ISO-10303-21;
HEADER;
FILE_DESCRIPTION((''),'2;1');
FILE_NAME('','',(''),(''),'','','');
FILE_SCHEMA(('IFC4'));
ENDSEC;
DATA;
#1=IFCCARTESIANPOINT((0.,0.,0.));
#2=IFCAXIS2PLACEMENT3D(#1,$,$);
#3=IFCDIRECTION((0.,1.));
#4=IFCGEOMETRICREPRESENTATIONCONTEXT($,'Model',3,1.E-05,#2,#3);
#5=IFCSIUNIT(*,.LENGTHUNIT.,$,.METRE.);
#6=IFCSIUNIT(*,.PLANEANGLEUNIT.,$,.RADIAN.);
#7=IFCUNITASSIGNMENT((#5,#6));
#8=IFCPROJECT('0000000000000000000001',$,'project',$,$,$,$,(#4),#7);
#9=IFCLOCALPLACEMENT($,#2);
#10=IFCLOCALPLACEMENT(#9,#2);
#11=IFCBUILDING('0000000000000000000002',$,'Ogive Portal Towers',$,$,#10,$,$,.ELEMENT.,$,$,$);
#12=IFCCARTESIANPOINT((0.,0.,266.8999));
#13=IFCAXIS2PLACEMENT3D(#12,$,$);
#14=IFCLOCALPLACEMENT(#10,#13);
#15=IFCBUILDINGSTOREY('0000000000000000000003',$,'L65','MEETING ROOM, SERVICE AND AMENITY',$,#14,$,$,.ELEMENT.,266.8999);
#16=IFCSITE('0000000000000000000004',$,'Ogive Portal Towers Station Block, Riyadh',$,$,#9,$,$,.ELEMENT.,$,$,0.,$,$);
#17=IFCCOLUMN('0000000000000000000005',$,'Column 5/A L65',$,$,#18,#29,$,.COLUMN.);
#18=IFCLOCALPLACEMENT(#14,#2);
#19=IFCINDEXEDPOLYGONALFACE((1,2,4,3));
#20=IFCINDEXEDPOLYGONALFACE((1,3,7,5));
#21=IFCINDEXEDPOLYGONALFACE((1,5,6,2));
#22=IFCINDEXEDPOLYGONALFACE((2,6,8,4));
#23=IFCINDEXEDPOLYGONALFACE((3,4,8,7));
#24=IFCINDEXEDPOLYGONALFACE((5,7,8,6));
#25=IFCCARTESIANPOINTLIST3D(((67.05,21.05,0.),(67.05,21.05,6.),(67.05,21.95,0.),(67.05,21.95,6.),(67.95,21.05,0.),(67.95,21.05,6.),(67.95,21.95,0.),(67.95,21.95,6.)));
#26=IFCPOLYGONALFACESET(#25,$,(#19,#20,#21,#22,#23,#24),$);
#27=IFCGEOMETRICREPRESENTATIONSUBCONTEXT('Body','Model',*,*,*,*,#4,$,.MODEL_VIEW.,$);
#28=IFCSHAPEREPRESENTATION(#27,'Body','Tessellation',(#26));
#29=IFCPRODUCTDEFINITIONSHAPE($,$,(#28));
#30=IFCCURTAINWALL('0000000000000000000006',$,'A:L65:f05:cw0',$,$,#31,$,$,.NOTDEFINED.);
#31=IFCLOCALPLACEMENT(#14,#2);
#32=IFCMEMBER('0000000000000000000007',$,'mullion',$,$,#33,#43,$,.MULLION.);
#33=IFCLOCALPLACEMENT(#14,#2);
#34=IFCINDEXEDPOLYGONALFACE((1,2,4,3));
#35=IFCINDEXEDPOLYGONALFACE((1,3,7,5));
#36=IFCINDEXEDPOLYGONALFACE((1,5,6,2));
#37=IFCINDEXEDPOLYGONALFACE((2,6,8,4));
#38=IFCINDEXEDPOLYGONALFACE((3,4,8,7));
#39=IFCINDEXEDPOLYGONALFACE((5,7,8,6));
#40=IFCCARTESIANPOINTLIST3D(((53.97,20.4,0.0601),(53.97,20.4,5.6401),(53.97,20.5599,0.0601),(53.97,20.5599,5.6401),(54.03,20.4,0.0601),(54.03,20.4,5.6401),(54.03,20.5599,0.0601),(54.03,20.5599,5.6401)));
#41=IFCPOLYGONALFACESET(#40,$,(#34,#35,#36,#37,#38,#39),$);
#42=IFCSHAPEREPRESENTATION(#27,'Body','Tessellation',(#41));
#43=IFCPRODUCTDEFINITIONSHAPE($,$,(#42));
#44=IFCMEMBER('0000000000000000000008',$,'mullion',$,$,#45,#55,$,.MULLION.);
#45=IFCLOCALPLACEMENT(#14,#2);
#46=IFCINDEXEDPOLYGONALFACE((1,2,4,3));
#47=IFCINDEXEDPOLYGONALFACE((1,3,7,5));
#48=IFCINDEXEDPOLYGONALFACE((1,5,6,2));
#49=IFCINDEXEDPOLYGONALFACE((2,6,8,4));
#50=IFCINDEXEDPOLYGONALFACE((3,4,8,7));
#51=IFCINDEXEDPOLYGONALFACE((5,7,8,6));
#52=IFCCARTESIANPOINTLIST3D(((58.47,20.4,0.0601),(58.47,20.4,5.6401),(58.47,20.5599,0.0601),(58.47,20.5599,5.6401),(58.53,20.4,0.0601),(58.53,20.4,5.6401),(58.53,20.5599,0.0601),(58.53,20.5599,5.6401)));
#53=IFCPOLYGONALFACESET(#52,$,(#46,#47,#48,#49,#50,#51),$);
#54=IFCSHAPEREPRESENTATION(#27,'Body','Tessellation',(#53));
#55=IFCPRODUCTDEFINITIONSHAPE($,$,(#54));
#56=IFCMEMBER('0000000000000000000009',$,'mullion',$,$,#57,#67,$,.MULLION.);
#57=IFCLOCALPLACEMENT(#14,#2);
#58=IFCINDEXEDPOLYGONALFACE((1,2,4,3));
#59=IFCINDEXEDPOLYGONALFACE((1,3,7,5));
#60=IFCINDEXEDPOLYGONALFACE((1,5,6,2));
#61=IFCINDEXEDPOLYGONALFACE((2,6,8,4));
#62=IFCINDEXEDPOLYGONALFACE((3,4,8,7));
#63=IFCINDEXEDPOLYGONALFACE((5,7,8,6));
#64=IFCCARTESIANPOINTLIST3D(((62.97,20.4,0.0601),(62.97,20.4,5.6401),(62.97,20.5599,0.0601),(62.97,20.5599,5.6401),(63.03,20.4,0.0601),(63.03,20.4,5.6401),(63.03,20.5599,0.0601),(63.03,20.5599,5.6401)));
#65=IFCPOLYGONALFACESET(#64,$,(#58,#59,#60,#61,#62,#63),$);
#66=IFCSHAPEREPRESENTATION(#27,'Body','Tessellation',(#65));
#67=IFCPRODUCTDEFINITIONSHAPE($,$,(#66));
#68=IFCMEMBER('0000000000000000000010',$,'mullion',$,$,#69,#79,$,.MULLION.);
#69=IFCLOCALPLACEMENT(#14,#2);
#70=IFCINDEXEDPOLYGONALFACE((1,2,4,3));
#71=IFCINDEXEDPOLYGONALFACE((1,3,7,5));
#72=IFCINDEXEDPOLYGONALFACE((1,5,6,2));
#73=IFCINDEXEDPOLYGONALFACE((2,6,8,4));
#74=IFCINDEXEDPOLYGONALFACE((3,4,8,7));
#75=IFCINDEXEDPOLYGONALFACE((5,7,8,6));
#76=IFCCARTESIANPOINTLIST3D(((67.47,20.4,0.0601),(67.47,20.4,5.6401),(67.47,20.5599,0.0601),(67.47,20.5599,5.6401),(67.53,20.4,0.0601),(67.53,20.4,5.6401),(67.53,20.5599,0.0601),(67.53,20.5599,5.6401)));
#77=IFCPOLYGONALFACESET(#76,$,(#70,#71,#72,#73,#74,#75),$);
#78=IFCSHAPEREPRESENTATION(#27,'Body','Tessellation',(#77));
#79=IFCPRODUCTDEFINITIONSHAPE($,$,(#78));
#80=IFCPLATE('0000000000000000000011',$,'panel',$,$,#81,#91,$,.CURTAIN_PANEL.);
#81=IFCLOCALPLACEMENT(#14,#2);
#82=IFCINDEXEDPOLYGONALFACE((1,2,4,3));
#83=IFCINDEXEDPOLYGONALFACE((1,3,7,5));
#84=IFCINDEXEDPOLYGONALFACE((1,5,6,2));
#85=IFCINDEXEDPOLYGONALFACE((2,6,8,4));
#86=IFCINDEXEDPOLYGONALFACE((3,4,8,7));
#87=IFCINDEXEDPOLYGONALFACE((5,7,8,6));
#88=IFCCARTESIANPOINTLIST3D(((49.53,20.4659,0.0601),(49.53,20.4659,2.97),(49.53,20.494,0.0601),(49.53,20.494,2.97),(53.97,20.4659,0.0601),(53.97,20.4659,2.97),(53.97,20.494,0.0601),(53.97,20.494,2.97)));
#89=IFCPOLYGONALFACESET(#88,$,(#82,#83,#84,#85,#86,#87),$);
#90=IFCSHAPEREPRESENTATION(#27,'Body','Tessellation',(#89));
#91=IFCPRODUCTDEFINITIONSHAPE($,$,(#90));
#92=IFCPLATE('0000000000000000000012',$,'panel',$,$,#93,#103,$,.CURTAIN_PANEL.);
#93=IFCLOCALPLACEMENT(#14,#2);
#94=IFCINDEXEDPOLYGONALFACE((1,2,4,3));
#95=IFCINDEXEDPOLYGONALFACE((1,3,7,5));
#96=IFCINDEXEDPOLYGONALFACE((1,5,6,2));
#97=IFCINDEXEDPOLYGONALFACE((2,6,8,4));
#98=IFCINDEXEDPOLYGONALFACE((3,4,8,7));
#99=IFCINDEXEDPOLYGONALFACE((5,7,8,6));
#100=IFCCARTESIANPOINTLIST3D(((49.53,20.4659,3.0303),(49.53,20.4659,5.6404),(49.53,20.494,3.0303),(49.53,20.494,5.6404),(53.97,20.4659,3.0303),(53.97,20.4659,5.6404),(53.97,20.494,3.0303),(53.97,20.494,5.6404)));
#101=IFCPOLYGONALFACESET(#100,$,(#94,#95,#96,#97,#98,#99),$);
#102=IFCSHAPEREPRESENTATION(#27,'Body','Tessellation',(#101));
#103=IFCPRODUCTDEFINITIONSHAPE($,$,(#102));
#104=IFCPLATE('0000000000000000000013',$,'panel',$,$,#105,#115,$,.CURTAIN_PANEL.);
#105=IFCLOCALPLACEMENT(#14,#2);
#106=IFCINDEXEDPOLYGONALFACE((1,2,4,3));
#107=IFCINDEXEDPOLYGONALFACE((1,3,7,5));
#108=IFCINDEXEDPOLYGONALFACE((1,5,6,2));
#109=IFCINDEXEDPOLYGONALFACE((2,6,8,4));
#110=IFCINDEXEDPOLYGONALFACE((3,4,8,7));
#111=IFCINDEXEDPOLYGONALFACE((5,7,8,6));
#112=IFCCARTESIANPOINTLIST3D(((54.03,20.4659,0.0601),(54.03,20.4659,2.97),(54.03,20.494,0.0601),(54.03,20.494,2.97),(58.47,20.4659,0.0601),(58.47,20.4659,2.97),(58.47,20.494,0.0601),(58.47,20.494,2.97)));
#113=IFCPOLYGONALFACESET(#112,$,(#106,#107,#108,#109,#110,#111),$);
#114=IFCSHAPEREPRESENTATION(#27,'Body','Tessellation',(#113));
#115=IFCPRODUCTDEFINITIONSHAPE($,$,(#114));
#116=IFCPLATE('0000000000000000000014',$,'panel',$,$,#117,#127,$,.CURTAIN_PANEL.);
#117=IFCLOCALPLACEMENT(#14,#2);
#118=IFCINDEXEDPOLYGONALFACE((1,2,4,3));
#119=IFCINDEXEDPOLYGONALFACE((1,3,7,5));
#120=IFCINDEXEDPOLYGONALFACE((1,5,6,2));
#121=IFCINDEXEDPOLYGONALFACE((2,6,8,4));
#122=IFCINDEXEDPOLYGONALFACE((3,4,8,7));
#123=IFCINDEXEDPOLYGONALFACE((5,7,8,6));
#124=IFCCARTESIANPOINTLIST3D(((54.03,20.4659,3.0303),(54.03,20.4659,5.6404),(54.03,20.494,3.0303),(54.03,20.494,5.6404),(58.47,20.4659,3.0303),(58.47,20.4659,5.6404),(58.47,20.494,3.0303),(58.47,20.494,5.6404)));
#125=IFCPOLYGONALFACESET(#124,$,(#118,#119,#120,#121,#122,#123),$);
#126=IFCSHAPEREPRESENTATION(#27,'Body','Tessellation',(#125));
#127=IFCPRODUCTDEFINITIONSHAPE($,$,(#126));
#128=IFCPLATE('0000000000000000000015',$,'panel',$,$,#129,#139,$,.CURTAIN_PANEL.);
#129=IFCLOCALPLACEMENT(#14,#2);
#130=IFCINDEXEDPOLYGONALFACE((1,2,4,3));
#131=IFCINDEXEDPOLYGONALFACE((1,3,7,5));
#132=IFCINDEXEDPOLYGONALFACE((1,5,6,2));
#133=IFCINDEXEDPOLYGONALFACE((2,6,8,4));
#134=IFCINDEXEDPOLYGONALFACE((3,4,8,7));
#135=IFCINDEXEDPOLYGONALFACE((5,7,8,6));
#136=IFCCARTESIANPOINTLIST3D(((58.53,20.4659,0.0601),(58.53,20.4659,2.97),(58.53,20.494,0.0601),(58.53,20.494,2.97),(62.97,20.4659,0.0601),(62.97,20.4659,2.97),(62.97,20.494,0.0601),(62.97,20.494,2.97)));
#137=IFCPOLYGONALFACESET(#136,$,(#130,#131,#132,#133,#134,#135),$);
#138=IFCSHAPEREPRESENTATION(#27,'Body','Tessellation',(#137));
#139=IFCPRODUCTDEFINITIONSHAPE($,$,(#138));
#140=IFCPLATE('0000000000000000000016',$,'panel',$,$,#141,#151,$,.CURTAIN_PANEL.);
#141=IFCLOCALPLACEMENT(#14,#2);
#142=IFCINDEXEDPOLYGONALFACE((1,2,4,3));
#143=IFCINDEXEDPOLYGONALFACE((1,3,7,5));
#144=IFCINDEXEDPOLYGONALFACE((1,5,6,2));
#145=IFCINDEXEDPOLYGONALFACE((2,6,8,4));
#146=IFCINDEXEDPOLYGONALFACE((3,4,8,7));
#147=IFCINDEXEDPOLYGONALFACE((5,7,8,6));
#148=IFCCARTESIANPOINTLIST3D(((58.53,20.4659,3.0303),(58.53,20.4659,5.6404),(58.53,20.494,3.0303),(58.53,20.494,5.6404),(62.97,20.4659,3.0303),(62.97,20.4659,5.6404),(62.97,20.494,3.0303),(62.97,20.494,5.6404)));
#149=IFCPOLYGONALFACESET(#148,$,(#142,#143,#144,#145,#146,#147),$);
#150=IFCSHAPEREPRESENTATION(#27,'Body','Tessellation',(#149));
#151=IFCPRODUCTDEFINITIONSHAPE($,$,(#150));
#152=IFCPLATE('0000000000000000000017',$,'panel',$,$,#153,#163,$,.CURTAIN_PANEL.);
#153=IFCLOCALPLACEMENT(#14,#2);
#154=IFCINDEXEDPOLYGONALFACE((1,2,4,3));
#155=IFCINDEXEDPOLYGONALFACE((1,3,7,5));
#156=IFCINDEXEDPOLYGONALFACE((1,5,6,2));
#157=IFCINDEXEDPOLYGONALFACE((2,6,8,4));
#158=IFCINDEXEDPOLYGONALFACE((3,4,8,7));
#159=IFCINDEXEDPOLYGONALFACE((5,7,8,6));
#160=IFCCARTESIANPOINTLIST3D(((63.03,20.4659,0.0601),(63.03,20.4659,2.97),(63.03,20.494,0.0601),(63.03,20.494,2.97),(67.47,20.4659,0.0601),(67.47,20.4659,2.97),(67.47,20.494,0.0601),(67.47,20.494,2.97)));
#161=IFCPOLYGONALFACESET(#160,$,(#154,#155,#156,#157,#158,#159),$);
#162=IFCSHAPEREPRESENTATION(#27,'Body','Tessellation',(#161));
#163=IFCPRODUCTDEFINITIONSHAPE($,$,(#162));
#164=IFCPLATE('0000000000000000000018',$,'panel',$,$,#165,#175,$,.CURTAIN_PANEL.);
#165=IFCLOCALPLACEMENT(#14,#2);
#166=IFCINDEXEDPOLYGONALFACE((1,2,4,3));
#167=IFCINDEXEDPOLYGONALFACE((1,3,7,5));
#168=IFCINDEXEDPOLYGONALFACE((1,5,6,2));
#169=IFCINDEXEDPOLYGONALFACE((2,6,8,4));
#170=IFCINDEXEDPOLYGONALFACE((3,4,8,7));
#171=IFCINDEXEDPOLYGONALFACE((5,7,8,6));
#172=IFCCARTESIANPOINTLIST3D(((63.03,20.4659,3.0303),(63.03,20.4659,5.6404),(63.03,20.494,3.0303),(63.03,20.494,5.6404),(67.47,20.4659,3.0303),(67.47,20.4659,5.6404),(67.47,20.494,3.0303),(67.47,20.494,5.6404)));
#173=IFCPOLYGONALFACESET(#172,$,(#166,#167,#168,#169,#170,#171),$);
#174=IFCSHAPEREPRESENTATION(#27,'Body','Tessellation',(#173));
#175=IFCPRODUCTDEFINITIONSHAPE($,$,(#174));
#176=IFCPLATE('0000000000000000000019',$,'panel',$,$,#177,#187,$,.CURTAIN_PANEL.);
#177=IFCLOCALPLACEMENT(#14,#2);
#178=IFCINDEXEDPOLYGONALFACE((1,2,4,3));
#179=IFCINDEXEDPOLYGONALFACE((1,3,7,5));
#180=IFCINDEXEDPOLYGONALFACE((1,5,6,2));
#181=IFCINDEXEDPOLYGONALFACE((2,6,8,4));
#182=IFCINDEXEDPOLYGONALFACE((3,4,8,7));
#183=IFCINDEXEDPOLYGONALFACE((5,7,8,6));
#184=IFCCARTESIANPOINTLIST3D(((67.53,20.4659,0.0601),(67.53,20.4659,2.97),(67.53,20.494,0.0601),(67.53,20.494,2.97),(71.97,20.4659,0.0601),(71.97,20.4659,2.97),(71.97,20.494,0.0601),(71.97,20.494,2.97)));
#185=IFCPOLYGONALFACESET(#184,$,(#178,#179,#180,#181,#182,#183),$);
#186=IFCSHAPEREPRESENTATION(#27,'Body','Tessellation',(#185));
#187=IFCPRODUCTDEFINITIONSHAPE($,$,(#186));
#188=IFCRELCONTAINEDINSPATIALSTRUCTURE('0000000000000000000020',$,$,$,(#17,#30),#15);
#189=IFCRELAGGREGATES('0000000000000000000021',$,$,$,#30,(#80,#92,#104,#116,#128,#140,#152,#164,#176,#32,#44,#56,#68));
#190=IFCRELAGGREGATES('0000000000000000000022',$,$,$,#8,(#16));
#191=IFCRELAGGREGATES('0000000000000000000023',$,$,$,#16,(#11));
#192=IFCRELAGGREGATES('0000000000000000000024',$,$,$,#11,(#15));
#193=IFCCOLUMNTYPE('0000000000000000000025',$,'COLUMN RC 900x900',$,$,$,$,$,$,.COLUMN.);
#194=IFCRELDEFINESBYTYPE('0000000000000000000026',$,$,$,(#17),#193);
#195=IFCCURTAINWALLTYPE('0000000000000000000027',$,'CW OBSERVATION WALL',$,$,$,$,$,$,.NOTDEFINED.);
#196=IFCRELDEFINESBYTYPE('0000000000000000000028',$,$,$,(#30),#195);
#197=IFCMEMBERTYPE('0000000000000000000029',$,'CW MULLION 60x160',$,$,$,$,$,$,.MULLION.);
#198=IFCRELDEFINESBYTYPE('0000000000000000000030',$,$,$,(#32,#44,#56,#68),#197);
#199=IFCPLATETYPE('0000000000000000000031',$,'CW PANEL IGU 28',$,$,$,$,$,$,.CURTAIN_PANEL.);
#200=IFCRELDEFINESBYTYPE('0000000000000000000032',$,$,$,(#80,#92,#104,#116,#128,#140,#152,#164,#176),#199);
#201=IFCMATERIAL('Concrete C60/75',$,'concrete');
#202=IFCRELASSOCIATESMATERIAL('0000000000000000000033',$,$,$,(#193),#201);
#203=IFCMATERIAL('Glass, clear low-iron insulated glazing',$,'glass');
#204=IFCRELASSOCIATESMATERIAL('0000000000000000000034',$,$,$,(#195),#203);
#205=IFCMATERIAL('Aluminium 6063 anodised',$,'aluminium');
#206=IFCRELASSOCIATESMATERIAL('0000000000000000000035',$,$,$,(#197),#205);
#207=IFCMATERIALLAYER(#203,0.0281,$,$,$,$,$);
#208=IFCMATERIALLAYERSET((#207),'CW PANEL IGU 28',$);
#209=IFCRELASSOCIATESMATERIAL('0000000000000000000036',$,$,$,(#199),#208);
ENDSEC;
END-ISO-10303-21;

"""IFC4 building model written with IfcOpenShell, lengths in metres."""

from ifc_helpers import new_model, si_unit, direction, frame, origin, origin_2d, place, context, subcontext, project, spatial, rectangle, extrude, material, layer, layer_set, material_profile, profile_set, type_object, element, aggregate, save


model = new_model("IFC4")

# Units and contexts
model_context = context("Model", 3, precision=1e-05, world=origin(), true_north=direction((0.0, 1.0)))
body_context = subcontext(model_context, "Body", "Model", "MODEL_VIEW")
ifc_project = project(units=[si_unit("LENGTHUNIT", "METRE"), si_unit("PLANEANGLEUNIT", "RADIAN")], contexts=[model_context])

# Site, building, storey
site_placement = place(None, origin())
site = spatial("IfcSite", under=ifc_project, at=site_placement, Name="Ogive Portal Towers Station Block, Riyadh", CompositionType="ELEMENT", RefElevation=0.0)
building_placement = place(site_placement, origin())
building = spatial("IfcBuilding", under=site, at=building_placement, Name="Ogive Portal Towers", CompositionType="ELEMENT")
storey_placement = place(building_placement, frame((0.0, 0.0, 266.8999)))
storey = spatial("IfcBuildingStorey", under=building, at=storey_placement, Name="L65", Description="MEETING ROOM, SERVICE AND AMENITY", CompositionType="ELEMENT", Elevation=266.8999)

# Column
ifc_material_1 = material(Name="Concrete C60/75", Category="concrete")
ifc_material_profile_1 = material_profile(ifc_material_1, rectangle(XDim=0.8999, YDim=0.8999, at=origin_2d()), Name="RC 900x900")
ifc_profile_set_1 = profile_set([ifc_material_profile_1], Name="Concrete C60/75")
column_type = type_object("IfcColumnType", Name="COLUMN RC 900x900", PredefinedType="COLUMN", material=ifc_profile_set_1)
column_placement = place(storey_placement, frame((67.5, 21.5, 0.0), z_axis=(0.0, 0.0, 1.0), x_axis=(1.0, 0.0, 0.0)))
element("IfcColumn", 1, at=column_placement, inside=storey, type_object=column_type, Name="Column 5/A L65", PredefinedType="COLUMN", context=body_context, shape_type="SweptSolid", body=[
    extrude(rectangle(XDim=0.8999, YDim=0.8999, at=origin_2d()), origin(), (0.0, 0.0, 1.0), 6.0),
])

# Curtain wall, members, plates
ifc_material_2 = material(Name="Glass, clear low-iron insulated glazing", Category="glass")
curtain_wall_type = type_object("IfcCurtainWallType", Name="CW OBSERVATION WALL", PredefinedType="NOTDEFINED", material=ifc_material_2)
curtain_wall_placement = place(storey_placement, origin())
curtain_wall = element("IfcCurtainWall", 2, at=curtain_wall_placement, inside=storey, type_object=curtain_wall_type, Name="A:L65:f05:cw0", PredefinedType="NOTDEFINED")
ifc_material_3 = material(Name="Aluminium 6063 anodised", Category="aluminium")
ifc_material_profile_2 = material_profile(ifc_material_3, rectangle(XDim=0.1599, YDim=0.0601, at=origin_2d()), Name="AL 60x160")
ifc_profile_set_2 = profile_set([ifc_material_profile_2], Name="Aluminium 6063 anodised")
member_type = type_object("IfcMemberType", Name="CW MULLION 60x160", PredefinedType="MULLION", material=ifc_profile_set_2)
member_1_placement = place(storey_placement, frame((54.0, 20.48, 0.0601), z_axis=(0.0, 0.0, 1.0), x_axis=(0.0, 1.0, 0.0)))
member_1 = element("IfcMember", 3, at=member_1_placement, type_object=member_type, Name="mullion", PredefinedType="MULLION", context=body_context, shape_type="SweptSolid", body=[
    extrude(rectangle(XDim=0.1599, YDim=0.0601, at=origin_2d()), origin(), (0.0, 0.0, 1.0), 5.5801),
])
member_2_placement = place(storey_placement, frame((58.5, 20.48, 0.0601), z_axis=(0.0, 0.0, 1.0), x_axis=(0.0, 1.0, 0.0)))
member_2 = element("IfcMember", 4, at=member_2_placement, type_object=member_type, Name="mullion", PredefinedType="MULLION", context=body_context, shape_type="SweptSolid", body=[
    extrude(rectangle(XDim=0.1599, YDim=0.0601, at=origin_2d()), origin(), (0.0, 0.0, 1.0), 5.5801),
])
member_3_placement = place(storey_placement, frame((63.0, 20.48, 0.0601), z_axis=(0.0, 0.0, 1.0), x_axis=(0.0, 1.0, 0.0)))
member_3 = element("IfcMember", 5, at=member_3_placement, type_object=member_type, Name="mullion", PredefinedType="MULLION", context=body_context, shape_type="SweptSolid", body=[
    extrude(rectangle(XDim=0.1599, YDim=0.0601, at=origin_2d()), origin(), (0.0, 0.0, 1.0), 5.5801),
])
member_4_placement = place(storey_placement, frame((67.5, 20.48, 0.0601), z_axis=(0.0, 0.0, 1.0), x_axis=(0.0, 1.0, 0.0)))
member_4 = element("IfcMember", 6, at=member_4_placement, type_object=member_type, Name="mullion", PredefinedType="MULLION", context=body_context, shape_type="SweptSolid", body=[
    extrude(rectangle(XDim=0.1599, YDim=0.0601, at=origin_2d()), origin(), (0.0, 0.0, 1.0), 5.5801),
])
ifc_layer_1 = layer(ifc_material_2, 0.0281)
ifc_layer_set_1 = layer_set([ifc_layer_1], Name="CW PANEL IGU 28")
plate_type = type_object("IfcPlateType", Name="CW PANEL IGU 28", PredefinedType="CURTAIN_PANEL", material=ifc_layer_set_1)
plate_1_placement = place(storey_placement, frame((51.75, 20.48, 0.0601), z_axis=(0.0, 0.0, 1.0), x_axis=(1.0, 0.0, 0.0)))
plate_1 = element("IfcPlate", 7, at=plate_1_placement, type_object=plate_type, Name="panel", PredefinedType="CURTAIN_PANEL", context=body_context, shape_type="SweptSolid", body=[
    extrude(rectangle(XDim=4.4399, YDim=0.0281, at=origin_2d()), origin(), (0.0, 0.0, 1.0), 2.9099),
])
plate_2_placement = place(storey_placement, frame((51.75, 20.48, 3.0303), z_axis=(0.0, 0.0, 1.0), x_axis=(1.0, 0.0, 0.0)))
plate_2 = element("IfcPlate", 8, at=plate_2_placement, type_object=plate_type, Name="panel", PredefinedType="CURTAIN_PANEL", context=body_context, shape_type="SweptSolid", body=[
    extrude(rectangle(XDim=4.4399, YDim=0.0281, at=origin_2d()), origin(), (0.0, 0.0, 1.0), 2.6101),
])
plate_3_placement = place(storey_placement, frame((56.25, 20.48, 0.0601), z_axis=(0.0, 0.0, 1.0), x_axis=(1.0, 0.0, 0.0)))
plate_3 = element("IfcPlate", 9, at=plate_3_placement, type_object=plate_type, Name="panel", PredefinedType="CURTAIN_PANEL", context=body_context, shape_type="SweptSolid", body=[
    extrude(rectangle(XDim=4.4399, YDim=0.0281, at=origin_2d()), origin(), (0.0, 0.0, 1.0), 2.9099),
])
plate_4_placement = place(storey_placement, frame((56.25, 20.48, 3.0303), z_axis=(0.0, 0.0, 1.0), x_axis=(1.0, 0.0, 0.0)))
plate_4 = element("IfcPlate", 10, at=plate_4_placement, type_object=plate_type, Name="panel", PredefinedType="CURTAIN_PANEL", context=body_context, shape_type="SweptSolid", body=[
    extrude(rectangle(XDim=4.4399, YDim=0.0281, at=origin_2d()), origin(), (0.0, 0.0, 1.0), 2.6101),
])
plate_5_placement = place(storey_placement, frame((60.75, 20.48, 0.0601), z_axis=(0.0, 0.0, 1.0), x_axis=(1.0, 0.0, 0.0)))
plate_5 = element("IfcPlate", 11, at=plate_5_placement, type_object=plate_type, Name="panel", PredefinedType="CURTAIN_PANEL", context=body_context, shape_type="SweptSolid", body=[
    extrude(rectangle(XDim=4.4399, YDim=0.0281, at=origin_2d()), origin(), (0.0, 0.0, 1.0), 2.9099),
])
plate_6_placement = place(storey_placement, frame((60.75, 20.48, 3.0303), z_axis=(0.0, 0.0, 1.0), x_axis=(1.0, 0.0, 0.0)))
plate_6 = element("IfcPlate", 12, at=plate_6_placement, type_object=plate_type, Name="panel", PredefinedType="CURTAIN_PANEL", context=body_context, shape_type="SweptSolid", body=[
    extrude(rectangle(XDim=4.4399, YDim=0.0281, at=origin_2d()), origin(), (0.0, 0.0, 1.0), 2.6101),
])
plate_7_placement = place(storey_placement, frame((65.25, 20.48, 0.0601), z_axis=(0.0, 0.0, 1.0), x_axis=(1.0, 0.0, 0.0)))
plate_7 = element("IfcPlate", 13, at=plate_7_placement, type_object=plate_type, Name="panel", PredefinedType="CURTAIN_PANEL", context=body_context, shape_type="SweptSolid", body=[
    extrude(rectangle(XDim=4.4399, YDim=0.0281, at=origin_2d()), origin(), (0.0, 0.0, 1.0), 2.9099),
])
plate_8_placement = place(storey_placement, frame((65.25, 20.48, 3.0303), z_axis=(0.0, 0.0, 1.0), x_axis=(1.0, 0.0, 0.0)))
plate_8 = element("IfcPlate", 14, at=plate_8_placement, type_object=plate_type, Name="panel", PredefinedType="CURTAIN_PANEL", context=body_context, shape_type="SweptSolid", body=[
    extrude(rectangle(XDim=4.4399, YDim=0.0281, at=origin_2d()), origin(), (0.0, 0.0, 1.0), 2.6101),
])
plate_9_placement = place(storey_placement, frame((69.75, 20.48, 0.0601), z_axis=(0.0, 0.0, 1.0), x_axis=(1.0, 0.0, 0.0)))
plate_9 = element("IfcPlate", 15, at=plate_9_placement, type_object=plate_type, Name="panel", PredefinedType="CURTAIN_PANEL", context=body_context, shape_type="SweptSolid", body=[
    extrude(rectangle(XDim=4.4399, YDim=0.0281, at=origin_2d()), origin(), (0.0, 0.0, 1.0), 2.9099),
])
aggregate(curtain_wall, [plate_1, plate_2, plate_3, plate_4, plate_5, plate_6, plate_7, plate_8, plate_9, member_1, member_2, member_3, member_4])

save(model, "model.ifc")
